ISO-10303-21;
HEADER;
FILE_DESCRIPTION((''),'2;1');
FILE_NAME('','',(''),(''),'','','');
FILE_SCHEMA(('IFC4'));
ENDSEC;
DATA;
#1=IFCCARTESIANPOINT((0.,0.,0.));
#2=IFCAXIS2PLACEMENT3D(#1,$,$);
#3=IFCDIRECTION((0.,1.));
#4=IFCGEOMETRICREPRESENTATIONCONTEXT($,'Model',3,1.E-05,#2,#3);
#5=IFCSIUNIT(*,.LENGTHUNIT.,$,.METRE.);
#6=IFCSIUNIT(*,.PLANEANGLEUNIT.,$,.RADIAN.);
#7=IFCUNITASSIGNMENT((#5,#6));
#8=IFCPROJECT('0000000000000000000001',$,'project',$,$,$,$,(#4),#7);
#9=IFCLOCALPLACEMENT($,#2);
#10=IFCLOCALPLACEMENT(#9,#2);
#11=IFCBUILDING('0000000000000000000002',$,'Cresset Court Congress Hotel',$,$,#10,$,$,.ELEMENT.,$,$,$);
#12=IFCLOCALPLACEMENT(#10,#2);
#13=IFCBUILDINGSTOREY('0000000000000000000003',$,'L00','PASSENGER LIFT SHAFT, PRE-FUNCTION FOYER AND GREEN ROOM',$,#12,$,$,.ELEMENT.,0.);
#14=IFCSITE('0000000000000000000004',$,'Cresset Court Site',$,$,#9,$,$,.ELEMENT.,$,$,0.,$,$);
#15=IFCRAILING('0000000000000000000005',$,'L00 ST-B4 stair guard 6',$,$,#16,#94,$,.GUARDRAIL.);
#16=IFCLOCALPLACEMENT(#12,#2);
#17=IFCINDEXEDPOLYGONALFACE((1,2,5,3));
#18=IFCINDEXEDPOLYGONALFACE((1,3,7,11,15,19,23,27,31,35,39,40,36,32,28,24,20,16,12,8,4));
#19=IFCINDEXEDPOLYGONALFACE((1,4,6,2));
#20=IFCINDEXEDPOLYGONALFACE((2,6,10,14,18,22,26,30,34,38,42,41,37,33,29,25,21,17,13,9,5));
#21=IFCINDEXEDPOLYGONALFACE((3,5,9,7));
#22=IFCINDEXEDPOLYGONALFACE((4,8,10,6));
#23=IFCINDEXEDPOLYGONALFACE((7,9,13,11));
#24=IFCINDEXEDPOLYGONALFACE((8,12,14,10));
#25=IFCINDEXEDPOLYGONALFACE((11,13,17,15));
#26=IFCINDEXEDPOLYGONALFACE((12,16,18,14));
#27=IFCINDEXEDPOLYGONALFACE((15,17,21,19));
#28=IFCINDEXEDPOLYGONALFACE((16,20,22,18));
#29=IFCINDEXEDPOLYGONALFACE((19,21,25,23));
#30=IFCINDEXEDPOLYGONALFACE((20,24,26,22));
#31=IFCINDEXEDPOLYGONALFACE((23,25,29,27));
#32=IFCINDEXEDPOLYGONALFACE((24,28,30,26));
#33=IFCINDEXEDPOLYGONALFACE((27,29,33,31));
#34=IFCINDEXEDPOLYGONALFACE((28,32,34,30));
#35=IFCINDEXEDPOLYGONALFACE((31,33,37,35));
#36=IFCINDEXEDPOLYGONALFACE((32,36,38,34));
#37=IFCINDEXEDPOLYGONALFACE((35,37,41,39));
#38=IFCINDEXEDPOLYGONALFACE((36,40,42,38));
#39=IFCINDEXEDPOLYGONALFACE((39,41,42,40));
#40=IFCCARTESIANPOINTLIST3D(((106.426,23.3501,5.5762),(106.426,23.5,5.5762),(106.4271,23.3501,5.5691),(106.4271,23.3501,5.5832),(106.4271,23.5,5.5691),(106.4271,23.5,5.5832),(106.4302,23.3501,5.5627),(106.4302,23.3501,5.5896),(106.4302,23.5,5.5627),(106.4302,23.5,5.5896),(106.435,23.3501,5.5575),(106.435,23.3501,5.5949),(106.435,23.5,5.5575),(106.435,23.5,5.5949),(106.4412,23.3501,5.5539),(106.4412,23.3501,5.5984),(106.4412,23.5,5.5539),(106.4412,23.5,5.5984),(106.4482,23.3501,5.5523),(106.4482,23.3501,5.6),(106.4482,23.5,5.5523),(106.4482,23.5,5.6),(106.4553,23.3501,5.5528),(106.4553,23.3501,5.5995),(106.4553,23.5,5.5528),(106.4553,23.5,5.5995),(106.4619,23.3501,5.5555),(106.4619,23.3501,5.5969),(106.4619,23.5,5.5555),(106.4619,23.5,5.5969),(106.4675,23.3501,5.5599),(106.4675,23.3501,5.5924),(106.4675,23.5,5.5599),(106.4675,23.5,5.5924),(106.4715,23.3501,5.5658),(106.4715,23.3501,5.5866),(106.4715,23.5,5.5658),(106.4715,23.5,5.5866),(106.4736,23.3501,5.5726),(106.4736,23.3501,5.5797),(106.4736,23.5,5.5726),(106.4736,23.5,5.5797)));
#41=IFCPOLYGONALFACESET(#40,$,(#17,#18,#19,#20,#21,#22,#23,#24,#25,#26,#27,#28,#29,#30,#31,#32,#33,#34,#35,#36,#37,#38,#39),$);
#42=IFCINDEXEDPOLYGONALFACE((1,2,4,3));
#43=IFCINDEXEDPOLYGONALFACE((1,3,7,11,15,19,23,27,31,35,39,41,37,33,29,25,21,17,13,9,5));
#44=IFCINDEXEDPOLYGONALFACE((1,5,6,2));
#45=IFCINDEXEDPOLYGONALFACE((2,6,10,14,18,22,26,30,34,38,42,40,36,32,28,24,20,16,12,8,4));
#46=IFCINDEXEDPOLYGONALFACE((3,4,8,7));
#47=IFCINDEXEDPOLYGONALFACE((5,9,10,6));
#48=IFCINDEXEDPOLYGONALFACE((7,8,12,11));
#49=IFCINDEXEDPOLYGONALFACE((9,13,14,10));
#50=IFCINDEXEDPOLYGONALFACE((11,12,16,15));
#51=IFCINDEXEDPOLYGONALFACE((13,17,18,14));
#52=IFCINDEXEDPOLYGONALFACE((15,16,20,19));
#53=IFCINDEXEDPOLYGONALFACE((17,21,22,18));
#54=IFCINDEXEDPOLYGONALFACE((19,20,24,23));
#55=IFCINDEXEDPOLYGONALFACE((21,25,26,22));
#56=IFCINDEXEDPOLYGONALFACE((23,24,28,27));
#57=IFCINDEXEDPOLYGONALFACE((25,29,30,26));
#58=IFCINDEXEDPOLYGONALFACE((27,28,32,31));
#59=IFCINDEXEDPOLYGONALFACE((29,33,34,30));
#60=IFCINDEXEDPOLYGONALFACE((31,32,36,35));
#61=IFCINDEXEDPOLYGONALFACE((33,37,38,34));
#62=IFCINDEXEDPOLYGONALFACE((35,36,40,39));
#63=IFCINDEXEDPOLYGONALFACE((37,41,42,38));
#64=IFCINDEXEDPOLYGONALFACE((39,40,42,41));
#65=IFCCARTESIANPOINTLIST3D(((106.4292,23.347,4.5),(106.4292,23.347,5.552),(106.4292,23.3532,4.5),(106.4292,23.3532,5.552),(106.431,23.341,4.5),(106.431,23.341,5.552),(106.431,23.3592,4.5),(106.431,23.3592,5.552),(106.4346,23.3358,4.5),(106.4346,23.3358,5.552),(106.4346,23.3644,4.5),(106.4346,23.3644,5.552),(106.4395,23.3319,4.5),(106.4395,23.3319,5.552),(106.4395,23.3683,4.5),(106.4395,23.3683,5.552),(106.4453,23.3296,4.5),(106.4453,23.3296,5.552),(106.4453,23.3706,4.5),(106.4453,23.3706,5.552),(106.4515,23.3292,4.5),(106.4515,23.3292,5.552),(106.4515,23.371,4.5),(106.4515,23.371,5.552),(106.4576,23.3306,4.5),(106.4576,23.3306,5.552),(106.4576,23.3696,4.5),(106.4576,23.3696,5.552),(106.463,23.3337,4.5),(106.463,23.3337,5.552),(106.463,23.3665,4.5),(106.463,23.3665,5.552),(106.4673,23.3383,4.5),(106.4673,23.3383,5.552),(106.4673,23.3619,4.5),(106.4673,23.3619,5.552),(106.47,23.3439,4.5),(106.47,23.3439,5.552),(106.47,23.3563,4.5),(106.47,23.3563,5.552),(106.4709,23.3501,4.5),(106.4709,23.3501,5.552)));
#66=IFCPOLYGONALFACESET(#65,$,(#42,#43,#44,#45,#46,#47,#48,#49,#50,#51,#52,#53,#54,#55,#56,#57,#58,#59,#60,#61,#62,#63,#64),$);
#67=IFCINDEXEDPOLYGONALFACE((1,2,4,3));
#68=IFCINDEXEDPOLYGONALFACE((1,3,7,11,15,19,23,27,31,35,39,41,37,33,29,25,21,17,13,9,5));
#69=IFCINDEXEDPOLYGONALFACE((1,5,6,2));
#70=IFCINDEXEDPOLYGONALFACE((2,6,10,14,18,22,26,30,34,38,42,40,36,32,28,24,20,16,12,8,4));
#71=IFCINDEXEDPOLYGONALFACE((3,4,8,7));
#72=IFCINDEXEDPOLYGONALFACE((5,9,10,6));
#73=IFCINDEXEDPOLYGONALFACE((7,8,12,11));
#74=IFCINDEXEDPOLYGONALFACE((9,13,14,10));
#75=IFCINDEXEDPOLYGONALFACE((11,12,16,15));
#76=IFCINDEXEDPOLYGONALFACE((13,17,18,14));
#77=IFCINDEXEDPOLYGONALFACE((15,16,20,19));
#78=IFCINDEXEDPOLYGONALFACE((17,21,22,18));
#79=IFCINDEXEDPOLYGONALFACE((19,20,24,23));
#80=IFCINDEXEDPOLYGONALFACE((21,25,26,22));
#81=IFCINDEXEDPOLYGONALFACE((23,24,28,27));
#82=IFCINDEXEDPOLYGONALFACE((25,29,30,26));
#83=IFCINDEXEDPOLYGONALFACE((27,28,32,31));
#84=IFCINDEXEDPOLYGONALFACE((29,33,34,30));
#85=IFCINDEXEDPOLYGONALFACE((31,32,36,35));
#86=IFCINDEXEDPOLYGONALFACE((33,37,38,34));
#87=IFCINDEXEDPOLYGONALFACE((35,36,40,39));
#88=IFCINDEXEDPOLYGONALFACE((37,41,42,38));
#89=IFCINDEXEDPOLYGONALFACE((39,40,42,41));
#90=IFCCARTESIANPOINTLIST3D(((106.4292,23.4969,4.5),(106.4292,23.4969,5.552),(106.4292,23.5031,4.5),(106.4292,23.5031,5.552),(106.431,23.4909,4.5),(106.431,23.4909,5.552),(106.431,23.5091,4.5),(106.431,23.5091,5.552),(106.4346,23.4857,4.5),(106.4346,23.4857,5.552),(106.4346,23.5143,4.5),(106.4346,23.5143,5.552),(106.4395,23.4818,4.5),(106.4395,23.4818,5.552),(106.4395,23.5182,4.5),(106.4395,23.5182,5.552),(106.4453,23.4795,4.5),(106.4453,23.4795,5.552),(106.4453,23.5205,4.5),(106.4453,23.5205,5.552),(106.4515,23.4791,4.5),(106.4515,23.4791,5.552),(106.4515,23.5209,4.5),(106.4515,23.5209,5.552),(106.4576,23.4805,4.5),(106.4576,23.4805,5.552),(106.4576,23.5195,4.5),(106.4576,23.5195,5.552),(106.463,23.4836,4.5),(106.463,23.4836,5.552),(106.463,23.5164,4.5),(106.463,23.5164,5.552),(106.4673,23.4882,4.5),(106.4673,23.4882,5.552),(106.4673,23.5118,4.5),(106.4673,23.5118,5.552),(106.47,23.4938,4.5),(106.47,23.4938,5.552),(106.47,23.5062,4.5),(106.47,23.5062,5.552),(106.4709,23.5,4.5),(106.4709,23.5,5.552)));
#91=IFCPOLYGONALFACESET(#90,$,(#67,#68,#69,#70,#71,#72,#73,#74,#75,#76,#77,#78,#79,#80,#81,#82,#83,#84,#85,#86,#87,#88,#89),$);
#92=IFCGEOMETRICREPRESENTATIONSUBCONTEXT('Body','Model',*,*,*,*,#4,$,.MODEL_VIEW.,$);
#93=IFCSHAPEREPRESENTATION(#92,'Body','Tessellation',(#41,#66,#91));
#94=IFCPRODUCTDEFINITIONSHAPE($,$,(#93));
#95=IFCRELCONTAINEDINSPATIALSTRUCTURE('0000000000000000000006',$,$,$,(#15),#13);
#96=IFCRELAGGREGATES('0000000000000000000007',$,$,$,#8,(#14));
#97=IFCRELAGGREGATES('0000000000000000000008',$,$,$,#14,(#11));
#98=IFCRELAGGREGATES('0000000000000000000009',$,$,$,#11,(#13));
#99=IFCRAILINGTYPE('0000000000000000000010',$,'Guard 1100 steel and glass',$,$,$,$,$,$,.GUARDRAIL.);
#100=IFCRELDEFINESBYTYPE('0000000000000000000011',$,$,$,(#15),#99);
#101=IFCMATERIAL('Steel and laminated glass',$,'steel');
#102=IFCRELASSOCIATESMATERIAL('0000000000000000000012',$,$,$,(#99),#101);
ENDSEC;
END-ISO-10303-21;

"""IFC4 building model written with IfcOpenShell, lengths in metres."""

from ifc_helpers import new_model, si_unit, direction, frame, origin, origin_2d, place, context, subcontext, project, spatial, circle, extrude, material, type_object, element, save


model = new_model("IFC4")

# Units and contexts
model_context = context("Model", 3, precision=1e-05, world=origin(), true_north=direction((0.0, 1.0)))
body_context = subcontext(model_context, "Body", "Model", "MODEL_VIEW")
ifc_project = project(units=[si_unit("LENGTHUNIT", "METRE"), si_unit("PLANEANGLEUNIT", "RADIAN")], contexts=[model_context])

# Site, building, storey
site_placement = place(None, origin())
site = spatial("IfcSite", under=ifc_project, at=site_placement, Name="Cresset Court Site", CompositionType="ELEMENT", RefElevation=0.0)
building_placement = place(site_placement, origin())
building = spatial("IfcBuilding", under=site, at=building_placement, Name="Cresset Court Congress Hotel", CompositionType="ELEMENT")
storey_placement = place(building_placement, origin())
storey = spatial("IfcBuildingStorey", under=building, at=storey_placement, Name="L00", Description="PASSENGER LIFT SHAFT, PRE-FUNCTION FOYER AND GREEN ROOM", CompositionType="ELEMENT", Elevation=0.0)

# Railing
ifc_material_1 = material(Name="Steel and laminated glass", Category="steel")
railing_type_1 = type_object("IfcRailingType", Name="Guard 1100 steel and glass", PredefinedType="GUARDRAIL", material=ifc_material_1)
railing_1_placement = place(storey_placement, frame((106.45, 23.3501, 4.5)))
element("IfcRailing", 1, at=railing_1_placement, inside=storey, type_object=railing_type_1, Name="L00 ST-B4 stair guard 6", PredefinedType="GUARDRAIL", context=body_context, shape_type="SweptSolid", body=[
    extrude(circle(Radius=0.0239, at=origin_2d()), frame((0.0, 0.0, 1.0762), z_axis=(0.0, 1.0, 0.0), x_axis=(-1.0, 0.0, 0.0)), (0.0, 0.0, 1.0), 0.1499),
    extrude(circle(Radius=0.021, at=origin_2d()), origin(), (0.0, 0.0, 1.0), 1.052),
    extrude(circle(Radius=0.021, at=origin_2d()), frame((0.0, 0.1499, 0.0)), (0.0, 0.0, 1.0), 1.052),
])

save(model, "model.ifc")
